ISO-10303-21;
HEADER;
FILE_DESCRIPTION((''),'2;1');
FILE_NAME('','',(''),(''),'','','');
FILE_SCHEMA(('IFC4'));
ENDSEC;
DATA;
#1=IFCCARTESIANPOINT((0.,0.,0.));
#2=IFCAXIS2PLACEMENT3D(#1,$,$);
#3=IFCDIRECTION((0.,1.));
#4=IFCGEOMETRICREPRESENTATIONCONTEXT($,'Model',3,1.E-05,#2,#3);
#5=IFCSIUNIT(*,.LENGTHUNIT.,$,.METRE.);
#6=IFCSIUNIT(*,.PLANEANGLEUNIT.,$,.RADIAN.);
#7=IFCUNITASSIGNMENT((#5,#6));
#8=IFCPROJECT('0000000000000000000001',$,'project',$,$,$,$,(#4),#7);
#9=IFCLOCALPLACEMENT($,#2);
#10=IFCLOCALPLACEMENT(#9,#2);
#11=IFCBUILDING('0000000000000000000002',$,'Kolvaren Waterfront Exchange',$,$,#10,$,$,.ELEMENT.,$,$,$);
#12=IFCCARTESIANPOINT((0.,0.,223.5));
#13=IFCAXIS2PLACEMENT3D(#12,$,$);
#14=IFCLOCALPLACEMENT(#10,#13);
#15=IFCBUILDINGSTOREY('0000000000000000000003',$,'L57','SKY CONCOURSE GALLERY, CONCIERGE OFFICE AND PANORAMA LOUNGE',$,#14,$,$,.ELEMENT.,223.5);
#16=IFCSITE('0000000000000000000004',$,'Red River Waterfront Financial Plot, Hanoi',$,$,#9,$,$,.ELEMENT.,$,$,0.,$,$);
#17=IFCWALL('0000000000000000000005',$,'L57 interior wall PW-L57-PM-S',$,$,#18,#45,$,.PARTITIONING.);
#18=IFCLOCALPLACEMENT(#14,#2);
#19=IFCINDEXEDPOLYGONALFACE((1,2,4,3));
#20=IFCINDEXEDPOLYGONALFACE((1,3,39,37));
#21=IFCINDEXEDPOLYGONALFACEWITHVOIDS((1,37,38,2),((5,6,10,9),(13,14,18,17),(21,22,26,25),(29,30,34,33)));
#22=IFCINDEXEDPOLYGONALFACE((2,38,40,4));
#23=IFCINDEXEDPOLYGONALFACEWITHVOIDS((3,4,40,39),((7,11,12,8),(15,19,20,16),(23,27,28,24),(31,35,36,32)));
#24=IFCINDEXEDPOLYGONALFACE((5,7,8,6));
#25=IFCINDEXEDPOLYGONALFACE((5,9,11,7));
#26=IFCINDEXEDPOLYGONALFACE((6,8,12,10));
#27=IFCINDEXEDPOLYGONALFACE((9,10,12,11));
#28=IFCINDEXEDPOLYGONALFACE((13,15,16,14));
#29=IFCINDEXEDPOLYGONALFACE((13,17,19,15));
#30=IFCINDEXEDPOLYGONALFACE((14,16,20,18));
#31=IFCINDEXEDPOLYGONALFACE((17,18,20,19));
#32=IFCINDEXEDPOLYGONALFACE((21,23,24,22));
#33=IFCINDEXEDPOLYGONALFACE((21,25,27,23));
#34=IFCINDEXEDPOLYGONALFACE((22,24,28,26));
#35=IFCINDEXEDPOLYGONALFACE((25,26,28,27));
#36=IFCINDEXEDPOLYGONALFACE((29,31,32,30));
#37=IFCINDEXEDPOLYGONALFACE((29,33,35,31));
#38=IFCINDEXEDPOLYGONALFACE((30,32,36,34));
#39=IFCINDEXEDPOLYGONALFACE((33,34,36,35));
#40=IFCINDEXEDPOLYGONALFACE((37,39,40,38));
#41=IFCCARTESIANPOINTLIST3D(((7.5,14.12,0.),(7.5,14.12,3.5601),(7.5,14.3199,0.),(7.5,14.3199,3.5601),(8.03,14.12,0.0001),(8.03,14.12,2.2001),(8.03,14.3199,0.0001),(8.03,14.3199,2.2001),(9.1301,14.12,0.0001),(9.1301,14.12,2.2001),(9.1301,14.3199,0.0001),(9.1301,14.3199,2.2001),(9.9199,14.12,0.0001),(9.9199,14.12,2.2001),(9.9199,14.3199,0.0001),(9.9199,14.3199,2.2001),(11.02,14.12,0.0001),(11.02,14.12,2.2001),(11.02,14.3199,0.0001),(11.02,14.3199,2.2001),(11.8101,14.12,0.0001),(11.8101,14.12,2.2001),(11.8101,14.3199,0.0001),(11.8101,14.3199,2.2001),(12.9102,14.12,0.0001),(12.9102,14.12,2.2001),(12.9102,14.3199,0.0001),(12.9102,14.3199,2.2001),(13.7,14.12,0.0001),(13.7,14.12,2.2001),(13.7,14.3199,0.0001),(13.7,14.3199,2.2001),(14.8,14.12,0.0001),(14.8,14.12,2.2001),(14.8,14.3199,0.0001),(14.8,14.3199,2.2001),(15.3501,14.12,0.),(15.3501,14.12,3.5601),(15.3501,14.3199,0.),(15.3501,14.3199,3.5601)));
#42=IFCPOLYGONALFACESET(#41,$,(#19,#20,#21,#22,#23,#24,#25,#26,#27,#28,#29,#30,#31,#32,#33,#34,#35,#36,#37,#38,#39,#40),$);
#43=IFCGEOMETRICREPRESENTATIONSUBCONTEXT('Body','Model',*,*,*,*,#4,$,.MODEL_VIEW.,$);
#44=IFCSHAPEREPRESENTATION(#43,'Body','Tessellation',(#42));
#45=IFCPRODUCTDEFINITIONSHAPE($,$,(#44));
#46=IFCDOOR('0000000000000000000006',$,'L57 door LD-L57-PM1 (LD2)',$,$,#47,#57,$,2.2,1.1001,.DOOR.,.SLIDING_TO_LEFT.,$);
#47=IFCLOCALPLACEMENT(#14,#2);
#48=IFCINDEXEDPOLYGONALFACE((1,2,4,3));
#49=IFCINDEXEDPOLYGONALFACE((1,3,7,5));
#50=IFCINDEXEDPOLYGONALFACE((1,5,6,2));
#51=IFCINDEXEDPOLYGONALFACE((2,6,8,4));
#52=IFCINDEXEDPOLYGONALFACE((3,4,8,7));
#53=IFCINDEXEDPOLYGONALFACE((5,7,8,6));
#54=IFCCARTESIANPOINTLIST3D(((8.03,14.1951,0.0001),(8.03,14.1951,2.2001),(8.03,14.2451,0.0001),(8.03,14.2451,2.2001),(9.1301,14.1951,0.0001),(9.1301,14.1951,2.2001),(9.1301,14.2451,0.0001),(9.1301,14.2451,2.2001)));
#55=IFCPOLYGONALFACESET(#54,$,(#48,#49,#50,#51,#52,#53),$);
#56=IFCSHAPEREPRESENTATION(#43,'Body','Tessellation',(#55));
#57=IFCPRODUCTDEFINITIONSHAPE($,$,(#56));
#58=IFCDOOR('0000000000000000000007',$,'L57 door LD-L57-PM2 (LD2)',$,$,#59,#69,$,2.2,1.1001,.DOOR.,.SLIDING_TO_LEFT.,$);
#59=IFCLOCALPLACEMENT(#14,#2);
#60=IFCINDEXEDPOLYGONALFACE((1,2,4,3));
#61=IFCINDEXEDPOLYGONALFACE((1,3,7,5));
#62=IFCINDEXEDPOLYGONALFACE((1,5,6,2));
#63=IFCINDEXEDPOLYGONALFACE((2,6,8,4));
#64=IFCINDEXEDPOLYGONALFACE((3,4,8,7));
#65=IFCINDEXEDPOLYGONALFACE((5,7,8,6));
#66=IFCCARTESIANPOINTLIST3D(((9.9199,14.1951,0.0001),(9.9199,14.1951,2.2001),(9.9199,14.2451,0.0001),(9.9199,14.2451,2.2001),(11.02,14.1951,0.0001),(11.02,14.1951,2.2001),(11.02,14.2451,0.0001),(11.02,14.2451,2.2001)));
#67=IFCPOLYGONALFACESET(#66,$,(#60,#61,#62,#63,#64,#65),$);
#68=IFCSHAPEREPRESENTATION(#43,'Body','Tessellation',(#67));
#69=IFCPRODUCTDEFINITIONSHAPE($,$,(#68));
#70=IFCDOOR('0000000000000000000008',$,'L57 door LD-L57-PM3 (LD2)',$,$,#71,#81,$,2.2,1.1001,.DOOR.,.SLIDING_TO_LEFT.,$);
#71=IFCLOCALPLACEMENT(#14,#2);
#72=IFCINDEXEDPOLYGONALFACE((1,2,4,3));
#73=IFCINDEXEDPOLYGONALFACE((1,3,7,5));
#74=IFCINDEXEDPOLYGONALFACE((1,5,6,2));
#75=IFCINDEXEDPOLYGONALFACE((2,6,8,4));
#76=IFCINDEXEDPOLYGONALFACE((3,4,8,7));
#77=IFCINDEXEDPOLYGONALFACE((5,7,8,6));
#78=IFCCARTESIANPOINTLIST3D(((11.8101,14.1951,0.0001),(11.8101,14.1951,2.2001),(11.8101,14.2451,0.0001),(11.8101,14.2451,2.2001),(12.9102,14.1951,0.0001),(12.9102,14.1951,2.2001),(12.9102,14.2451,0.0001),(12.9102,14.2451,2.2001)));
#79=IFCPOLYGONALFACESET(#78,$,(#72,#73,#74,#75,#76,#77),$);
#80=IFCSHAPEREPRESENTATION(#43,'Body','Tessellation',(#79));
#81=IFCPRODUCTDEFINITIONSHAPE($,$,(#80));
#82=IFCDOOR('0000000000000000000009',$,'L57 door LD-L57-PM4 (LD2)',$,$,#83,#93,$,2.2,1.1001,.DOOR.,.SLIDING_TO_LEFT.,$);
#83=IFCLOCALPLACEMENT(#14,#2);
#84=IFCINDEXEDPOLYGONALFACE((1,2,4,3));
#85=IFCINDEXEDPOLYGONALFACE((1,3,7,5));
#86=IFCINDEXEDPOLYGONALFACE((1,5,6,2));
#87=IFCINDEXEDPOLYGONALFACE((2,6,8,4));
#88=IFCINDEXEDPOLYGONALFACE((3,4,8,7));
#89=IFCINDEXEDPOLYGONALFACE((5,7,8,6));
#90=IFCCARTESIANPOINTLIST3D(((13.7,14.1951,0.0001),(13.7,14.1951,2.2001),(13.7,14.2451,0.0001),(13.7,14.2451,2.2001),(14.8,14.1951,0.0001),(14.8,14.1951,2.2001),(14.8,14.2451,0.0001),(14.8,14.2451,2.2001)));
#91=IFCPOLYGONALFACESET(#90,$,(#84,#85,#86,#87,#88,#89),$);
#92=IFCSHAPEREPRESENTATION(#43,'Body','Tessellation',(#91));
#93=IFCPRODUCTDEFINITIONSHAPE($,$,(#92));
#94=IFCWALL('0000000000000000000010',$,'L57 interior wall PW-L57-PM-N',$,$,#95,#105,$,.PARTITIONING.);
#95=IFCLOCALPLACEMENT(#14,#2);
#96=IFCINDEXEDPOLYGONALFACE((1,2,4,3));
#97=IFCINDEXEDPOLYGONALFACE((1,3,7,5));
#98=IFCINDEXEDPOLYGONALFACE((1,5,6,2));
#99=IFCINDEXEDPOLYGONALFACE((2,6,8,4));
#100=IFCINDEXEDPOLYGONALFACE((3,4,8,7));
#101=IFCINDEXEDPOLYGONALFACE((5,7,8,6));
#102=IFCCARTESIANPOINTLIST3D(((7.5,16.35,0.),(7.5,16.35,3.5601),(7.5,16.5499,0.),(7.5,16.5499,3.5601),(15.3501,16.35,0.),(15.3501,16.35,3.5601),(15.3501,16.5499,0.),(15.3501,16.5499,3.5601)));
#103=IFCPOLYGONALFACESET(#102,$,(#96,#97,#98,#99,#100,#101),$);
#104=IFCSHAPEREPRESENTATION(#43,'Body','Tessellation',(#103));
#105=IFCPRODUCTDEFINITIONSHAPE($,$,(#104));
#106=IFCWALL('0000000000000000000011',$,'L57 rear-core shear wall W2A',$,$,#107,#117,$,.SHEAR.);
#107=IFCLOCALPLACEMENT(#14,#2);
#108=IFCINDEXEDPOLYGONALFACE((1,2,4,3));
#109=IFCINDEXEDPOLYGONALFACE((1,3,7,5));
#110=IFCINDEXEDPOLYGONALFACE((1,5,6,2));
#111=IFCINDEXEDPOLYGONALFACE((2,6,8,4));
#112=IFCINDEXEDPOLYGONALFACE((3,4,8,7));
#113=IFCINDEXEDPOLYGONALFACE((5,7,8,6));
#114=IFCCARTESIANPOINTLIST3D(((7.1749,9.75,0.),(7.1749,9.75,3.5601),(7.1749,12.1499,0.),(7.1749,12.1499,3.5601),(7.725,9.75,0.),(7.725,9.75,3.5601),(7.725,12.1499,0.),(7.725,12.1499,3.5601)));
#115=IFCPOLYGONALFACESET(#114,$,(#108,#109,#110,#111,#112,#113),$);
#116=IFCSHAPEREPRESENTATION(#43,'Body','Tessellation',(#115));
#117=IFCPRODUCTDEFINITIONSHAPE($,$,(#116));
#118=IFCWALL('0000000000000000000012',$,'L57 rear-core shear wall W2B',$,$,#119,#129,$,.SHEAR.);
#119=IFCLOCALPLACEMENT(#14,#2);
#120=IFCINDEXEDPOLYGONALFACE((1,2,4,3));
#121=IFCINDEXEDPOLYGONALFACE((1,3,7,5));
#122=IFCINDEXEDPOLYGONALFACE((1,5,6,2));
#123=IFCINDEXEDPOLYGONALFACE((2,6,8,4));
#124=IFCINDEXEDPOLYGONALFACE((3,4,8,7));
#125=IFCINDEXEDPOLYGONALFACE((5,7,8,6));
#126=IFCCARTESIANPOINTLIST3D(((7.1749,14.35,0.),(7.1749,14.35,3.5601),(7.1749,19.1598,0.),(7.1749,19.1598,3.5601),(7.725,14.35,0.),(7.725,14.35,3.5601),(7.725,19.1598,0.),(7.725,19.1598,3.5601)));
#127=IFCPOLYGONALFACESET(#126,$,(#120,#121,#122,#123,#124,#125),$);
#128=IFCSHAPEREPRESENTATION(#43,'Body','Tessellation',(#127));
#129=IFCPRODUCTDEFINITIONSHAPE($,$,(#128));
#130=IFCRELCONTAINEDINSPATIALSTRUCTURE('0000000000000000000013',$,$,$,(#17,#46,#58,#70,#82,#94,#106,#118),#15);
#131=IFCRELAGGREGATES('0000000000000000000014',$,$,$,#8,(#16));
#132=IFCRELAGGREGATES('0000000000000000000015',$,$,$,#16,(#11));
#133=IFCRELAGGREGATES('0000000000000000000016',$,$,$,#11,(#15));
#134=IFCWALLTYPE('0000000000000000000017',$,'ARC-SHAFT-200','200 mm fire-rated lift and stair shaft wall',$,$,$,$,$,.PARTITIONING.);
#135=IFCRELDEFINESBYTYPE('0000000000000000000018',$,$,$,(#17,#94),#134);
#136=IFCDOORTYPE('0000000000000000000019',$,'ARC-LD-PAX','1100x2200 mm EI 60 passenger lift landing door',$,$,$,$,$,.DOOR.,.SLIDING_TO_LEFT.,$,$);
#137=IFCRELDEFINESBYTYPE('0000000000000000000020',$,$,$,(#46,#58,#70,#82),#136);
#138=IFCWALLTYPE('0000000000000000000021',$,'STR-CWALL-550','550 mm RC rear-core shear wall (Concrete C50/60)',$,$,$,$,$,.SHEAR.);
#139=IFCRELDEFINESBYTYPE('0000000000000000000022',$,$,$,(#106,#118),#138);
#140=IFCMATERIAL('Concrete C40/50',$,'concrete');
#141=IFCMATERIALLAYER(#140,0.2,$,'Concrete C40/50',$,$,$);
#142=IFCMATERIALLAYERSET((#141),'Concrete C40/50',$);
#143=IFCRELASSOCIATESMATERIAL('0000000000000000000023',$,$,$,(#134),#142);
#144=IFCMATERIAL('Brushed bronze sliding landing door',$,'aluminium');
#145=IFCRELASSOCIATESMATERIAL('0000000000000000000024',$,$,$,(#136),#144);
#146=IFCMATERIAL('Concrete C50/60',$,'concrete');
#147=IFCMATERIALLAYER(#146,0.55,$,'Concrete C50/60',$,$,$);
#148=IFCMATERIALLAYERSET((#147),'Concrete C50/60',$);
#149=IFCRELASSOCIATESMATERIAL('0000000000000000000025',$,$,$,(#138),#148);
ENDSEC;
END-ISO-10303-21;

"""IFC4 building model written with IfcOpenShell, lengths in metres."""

from ifc_helpers import new_model, si_unit, direction, frame, frame_2d, origin, place, context, subcontext, project, spatial, rectangle, extrude, material, layer, layer_set, type_object, element, fill, save


model = new_model("IFC4")

# Units and contexts
model_context = context("Model", 3, precision=1e-05, world=origin(), true_north=direction((0.0, 1.0)))
body_context = subcontext(model_context, "Body", "Model", "MODEL_VIEW")
ifc_project = project(units=[si_unit("LENGTHUNIT", "METRE"), si_unit("PLANEANGLEUNIT", "RADIAN")], contexts=[model_context])

# Site, building, storey
site_placement = place(None, origin())
site = spatial("IfcSite", under=ifc_project, at=site_placement, Name="Red River Waterfront Financial Plot, Hanoi", CompositionType="ELEMENT", RefElevation=0.0)
building_placement = place(site_placement, origin())
building = spatial("IfcBuilding", under=site, at=building_placement, Name="Kolvaren Waterfront Exchange", CompositionType="ELEMENT")
storey_placement = place(building_placement, frame((0.0, 0.0, 223.5)))
storey = spatial("IfcBuildingStorey", under=building, at=storey_placement, Name="L57", Description="SKY CONCOURSE GALLERY, CONCIERGE OFFICE AND PANORAMA LOUNGE", CompositionType="ELEMENT", Elevation=223.5)

# Wall, openings, doors
ifc_material_1 = material(Name="Concrete C40/50", Category="concrete")
ifc_layer_1 = layer(ifc_material_1, 0.2, Name="Concrete C40/50")
ifc_layer_set_1 = layer_set([ifc_layer_1], Name="Concrete C40/50")
wall_type_1 = type_object("IfcWallType", Name="ARC-SHAFT-200", Description="200 mm fire-rated lift and stair shaft wall", PredefinedType="PARTITIONING", material=ifc_layer_set_1)
wall_1_placement = place(storey_placement, frame((7.5, 14.22, 0.0), z_axis=(0.0, 0.0, 1.0), x_axis=(1.0, 0.0, 0.0)))
wall_1 = element("IfcWall", 1, at=wall_1_placement, inside=storey, type_object=wall_type_1, Name="L57 interior wall PW-L57-PM-S", PredefinedType="PARTITIONING", context=body_context, shape_type="SweptSolid", body=[
    extrude(rectangle(XDim=7.8501, YDim=0.2, at=frame_2d((3.925, 0.0))), origin(), (0.0, 0.0, 1.0), 3.5601),
])
opening_1_placement = place(wall_1_placement, frame((0.53, 0.0, 0.0)))
opening_1 = element("IfcOpeningElement", 2, at=opening_1_placement, cuts=wall_1, PredefinedType="OPENING", context=body_context, shape_type="SweptSolid", body=[
    extrude(rectangle(XDim=1.1001, YDim=2.2, at=frame_2d((0.55, 1.1001))), frame((0.0, 0.1099, 0.0), z_axis=(0.0, -1.0, 0.0), x_axis=(1.0, 0.0, 0.0)), (0.0, 0.0, 1.0), 0.22),
])
opening_2_placement = place(wall_1_placement, frame((2.4199, 0.0, 0.0)))
opening_2 = element("IfcOpeningElement", 3, at=opening_2_placement, cuts=wall_1, PredefinedType="OPENING", context=body_context, shape_type="SweptSolid", body=[
    extrude(rectangle(XDim=1.1001, YDim=2.2, at=frame_2d((0.55, 1.1001))), frame((0.0, 0.1099, 0.0), z_axis=(0.0, -1.0, 0.0), x_axis=(1.0, 0.0, 0.0)), (0.0, 0.0, 1.0), 0.22),
])
opening_3_placement = place(wall_1_placement, frame((4.3101, 0.0, 0.0)))
opening_3 = element("IfcOpeningElement", 4, at=opening_3_placement, cuts=wall_1, PredefinedType="OPENING", context=body_context, shape_type="SweptSolid", body=[
    extrude(rectangle(XDim=1.1001, YDim=2.2, at=frame_2d((0.55, 1.1001))), frame((0.0, 0.1099, 0.0), z_axis=(0.0, -1.0, 0.0), x_axis=(1.0, 0.0, 0.0)), (0.0, 0.0, 1.0), 0.22),
])
opening_4_placement = place(wall_1_placement, frame((6.2, 0.0, 0.0)))
opening_4 = element("IfcOpeningElement", 5, at=opening_4_placement, cuts=wall_1, PredefinedType="OPENING", context=body_context, shape_type="SweptSolid", body=[
    extrude(rectangle(XDim=1.1001, YDim=2.2, at=frame_2d((0.55, 1.1001))), frame((0.0, 0.1099, 0.0), z_axis=(0.0, -1.0, 0.0), x_axis=(1.0, 0.0, 0.0)), (0.0, 0.0, 1.0), 0.22),
])
ifc_material_2 = material(Name="Brushed bronze sliding landing door", Category="aluminium")
door_type_1 = type_object("IfcDoorType", Name="ARC-LD-PAX", Description="1100x2200 mm EI 60 passenger lift landing door", OperationType="SLIDING_TO_LEFT", PredefinedType="DOOR", material=ifc_material_2)
door_1_placement = place(opening_1_placement, frame((1.1001, 0.0, 0.0), z_axis=(0.0, 0.0, 1.0), x_axis=(-1.0, 0.0, 0.0)))
door_1 = element("IfcDoor", 6, at=door_1_placement, inside=storey, type_object=door_type_1, Name="L57 door LD-L57-PM1 (LD2)", OperationType="SLIDING_TO_LEFT", OverallHeight=2.2, OverallWidth=1.1001, PredefinedType="DOOR", context=body_context, shape_type="SweptSolid", body=[
    extrude(rectangle(XDim=1.1001, YDim=2.2, at=frame_2d((0.55, 1.1001))), frame((0.0, 0.0249, 0.0), z_axis=(0.0, -1.0, 0.0), x_axis=(1.0, 0.0, 0.0)), (0.0, 0.0, 1.0), 0.05),
])
fill(opening_1, door_1)
door_2_placement = place(opening_2_placement, frame((1.1001, 0.0, 0.0), z_axis=(0.0, 0.0, 1.0), x_axis=(-1.0, 0.0, 0.0)))
door_2 = element("IfcDoor", 7, at=door_2_placement, inside=storey, type_object=door_type_1, Name="L57 door LD-L57-PM2 (LD2)", OperationType="SLIDING_TO_LEFT", OverallHeight=2.2, OverallWidth=1.1001, PredefinedType="DOOR", context=body_context, shape_type="SweptSolid", body=[
    extrude(rectangle(XDim=1.1001, YDim=2.2, at=frame_2d((0.55, 1.1001))), frame((0.0, 0.0249, 0.0), z_axis=(0.0, -1.0, 0.0), x_axis=(1.0, 0.0, 0.0)), (0.0, 0.0, 1.0), 0.05),
])
fill(opening_2, door_2)
door_3_placement = place(opening_3_placement, frame((1.1001, 0.0, 0.0), z_axis=(0.0, 0.0, 1.0), x_axis=(-1.0, 0.0, 0.0)))
door_3 = element("IfcDoor", 8, at=door_3_placement, inside=storey, type_object=door_type_1, Name="L57 door LD-L57-PM3 (LD2)", OperationType="SLIDING_TO_LEFT", OverallHeight=2.2, OverallWidth=1.1001, PredefinedType="DOOR", context=body_context, shape_type="SweptSolid", body=[
    extrude(rectangle(XDim=1.1001, YDim=2.2, at=frame_2d((0.55, 1.1001))), frame((0.0, 0.0249, 0.0), z_axis=(0.0, -1.0, 0.0), x_axis=(1.0, 0.0, 0.0)), (0.0, 0.0, 1.0), 0.05),
])
fill(opening_3, door_3)
door_4_placement = place(opening_4_placement, frame((1.1001, 0.0, 0.0), z_axis=(0.0, 0.0, 1.0), x_axis=(-1.0, 0.0, 0.0)))
door_4 = element("IfcDoor", 9, at=door_4_placement, inside=storey, type_object=door_type_1, Name="L57 door LD-L57-PM4 (LD2)", OperationType="SLIDING_TO_LEFT", OverallHeight=2.2, OverallWidth=1.1001, PredefinedType="DOOR", context=body_context, shape_type="SweptSolid", body=[
    extrude(rectangle(XDim=1.1001, YDim=2.2, at=frame_2d((0.55, 1.1001))), frame((0.0, 0.0249, 0.0), z_axis=(0.0, -1.0, 0.0), x_axis=(1.0, 0.0, 0.0)), (0.0, 0.0, 1.0), 0.05),
])
fill(opening_4, door_4)

# Walls
wall_2_placement = place(storey_placement, frame((7.5, 16.45, 0.0), z_axis=(0.0, 0.0, 1.0), x_axis=(1.0, 0.0, 0.0)))
element("IfcWall", 10, at=wall_2_placement, inside=storey, type_object=wall_type_1, Name="L57 interior wall PW-L57-PM-N", PredefinedType="PARTITIONING", context=body_context, shape_type="SweptSolid", body=[
    extrude(rectangle(XDim=7.8501, YDim=0.2, at=frame_2d((3.925, 0.0))), origin(), (0.0, 0.0, 1.0), 3.5601),
])
ifc_material_3 = material(Name="Concrete C50/60", Category="concrete")
ifc_layer_2 = layer(ifc_material_3, 0.55, Name="Concrete C50/60")
ifc_layer_set_2 = layer_set([ifc_layer_2], Name="Concrete C50/60")
wall_type_2 = type_object("IfcWallType", Name="STR-CWALL-550", Description="550 mm RC rear-core shear wall (Concrete C50/60)", PredefinedType="SHEAR", material=ifc_layer_set_2)
wall_3_placement = place(storey_placement, frame((7.45, 9.75, 0.0), z_axis=(0.0, 0.0, 1.0), x_axis=(0.0, 1.0, 0.0)))
element("IfcWall", 11, at=wall_3_placement, inside=storey, type_object=wall_type_2, Name="L57 rear-core shear wall W2A", PredefinedType="SHEAR", context=body_context, shape_type="SweptSolid", body=[
    extrude(rectangle(XDim=2.3999, YDim=0.55, at=frame_2d((1.2, 0.0))), origin(), (0.0, 0.0, 1.0), 3.5601),
])
wall_4_placement = place(storey_placement, frame((7.45, 14.3501, 0.0), z_axis=(0.0, 0.0, 1.0), x_axis=(0.0, 1.0, 0.0)))
element("IfcWall", 12, at=wall_4_placement, inside=storey, type_object=wall_type_2, Name="L57 rear-core shear wall W2B", PredefinedType="SHEAR", context=body_context, shape_type="SweptSolid", body=[
    extrude(rectangle(XDim=4.8098, YDim=0.55, at=frame_2d((2.4048, 0.0))), origin(), (0.0, 0.0, 1.0), 3.5601),
])

save(model, "model.ifc")
